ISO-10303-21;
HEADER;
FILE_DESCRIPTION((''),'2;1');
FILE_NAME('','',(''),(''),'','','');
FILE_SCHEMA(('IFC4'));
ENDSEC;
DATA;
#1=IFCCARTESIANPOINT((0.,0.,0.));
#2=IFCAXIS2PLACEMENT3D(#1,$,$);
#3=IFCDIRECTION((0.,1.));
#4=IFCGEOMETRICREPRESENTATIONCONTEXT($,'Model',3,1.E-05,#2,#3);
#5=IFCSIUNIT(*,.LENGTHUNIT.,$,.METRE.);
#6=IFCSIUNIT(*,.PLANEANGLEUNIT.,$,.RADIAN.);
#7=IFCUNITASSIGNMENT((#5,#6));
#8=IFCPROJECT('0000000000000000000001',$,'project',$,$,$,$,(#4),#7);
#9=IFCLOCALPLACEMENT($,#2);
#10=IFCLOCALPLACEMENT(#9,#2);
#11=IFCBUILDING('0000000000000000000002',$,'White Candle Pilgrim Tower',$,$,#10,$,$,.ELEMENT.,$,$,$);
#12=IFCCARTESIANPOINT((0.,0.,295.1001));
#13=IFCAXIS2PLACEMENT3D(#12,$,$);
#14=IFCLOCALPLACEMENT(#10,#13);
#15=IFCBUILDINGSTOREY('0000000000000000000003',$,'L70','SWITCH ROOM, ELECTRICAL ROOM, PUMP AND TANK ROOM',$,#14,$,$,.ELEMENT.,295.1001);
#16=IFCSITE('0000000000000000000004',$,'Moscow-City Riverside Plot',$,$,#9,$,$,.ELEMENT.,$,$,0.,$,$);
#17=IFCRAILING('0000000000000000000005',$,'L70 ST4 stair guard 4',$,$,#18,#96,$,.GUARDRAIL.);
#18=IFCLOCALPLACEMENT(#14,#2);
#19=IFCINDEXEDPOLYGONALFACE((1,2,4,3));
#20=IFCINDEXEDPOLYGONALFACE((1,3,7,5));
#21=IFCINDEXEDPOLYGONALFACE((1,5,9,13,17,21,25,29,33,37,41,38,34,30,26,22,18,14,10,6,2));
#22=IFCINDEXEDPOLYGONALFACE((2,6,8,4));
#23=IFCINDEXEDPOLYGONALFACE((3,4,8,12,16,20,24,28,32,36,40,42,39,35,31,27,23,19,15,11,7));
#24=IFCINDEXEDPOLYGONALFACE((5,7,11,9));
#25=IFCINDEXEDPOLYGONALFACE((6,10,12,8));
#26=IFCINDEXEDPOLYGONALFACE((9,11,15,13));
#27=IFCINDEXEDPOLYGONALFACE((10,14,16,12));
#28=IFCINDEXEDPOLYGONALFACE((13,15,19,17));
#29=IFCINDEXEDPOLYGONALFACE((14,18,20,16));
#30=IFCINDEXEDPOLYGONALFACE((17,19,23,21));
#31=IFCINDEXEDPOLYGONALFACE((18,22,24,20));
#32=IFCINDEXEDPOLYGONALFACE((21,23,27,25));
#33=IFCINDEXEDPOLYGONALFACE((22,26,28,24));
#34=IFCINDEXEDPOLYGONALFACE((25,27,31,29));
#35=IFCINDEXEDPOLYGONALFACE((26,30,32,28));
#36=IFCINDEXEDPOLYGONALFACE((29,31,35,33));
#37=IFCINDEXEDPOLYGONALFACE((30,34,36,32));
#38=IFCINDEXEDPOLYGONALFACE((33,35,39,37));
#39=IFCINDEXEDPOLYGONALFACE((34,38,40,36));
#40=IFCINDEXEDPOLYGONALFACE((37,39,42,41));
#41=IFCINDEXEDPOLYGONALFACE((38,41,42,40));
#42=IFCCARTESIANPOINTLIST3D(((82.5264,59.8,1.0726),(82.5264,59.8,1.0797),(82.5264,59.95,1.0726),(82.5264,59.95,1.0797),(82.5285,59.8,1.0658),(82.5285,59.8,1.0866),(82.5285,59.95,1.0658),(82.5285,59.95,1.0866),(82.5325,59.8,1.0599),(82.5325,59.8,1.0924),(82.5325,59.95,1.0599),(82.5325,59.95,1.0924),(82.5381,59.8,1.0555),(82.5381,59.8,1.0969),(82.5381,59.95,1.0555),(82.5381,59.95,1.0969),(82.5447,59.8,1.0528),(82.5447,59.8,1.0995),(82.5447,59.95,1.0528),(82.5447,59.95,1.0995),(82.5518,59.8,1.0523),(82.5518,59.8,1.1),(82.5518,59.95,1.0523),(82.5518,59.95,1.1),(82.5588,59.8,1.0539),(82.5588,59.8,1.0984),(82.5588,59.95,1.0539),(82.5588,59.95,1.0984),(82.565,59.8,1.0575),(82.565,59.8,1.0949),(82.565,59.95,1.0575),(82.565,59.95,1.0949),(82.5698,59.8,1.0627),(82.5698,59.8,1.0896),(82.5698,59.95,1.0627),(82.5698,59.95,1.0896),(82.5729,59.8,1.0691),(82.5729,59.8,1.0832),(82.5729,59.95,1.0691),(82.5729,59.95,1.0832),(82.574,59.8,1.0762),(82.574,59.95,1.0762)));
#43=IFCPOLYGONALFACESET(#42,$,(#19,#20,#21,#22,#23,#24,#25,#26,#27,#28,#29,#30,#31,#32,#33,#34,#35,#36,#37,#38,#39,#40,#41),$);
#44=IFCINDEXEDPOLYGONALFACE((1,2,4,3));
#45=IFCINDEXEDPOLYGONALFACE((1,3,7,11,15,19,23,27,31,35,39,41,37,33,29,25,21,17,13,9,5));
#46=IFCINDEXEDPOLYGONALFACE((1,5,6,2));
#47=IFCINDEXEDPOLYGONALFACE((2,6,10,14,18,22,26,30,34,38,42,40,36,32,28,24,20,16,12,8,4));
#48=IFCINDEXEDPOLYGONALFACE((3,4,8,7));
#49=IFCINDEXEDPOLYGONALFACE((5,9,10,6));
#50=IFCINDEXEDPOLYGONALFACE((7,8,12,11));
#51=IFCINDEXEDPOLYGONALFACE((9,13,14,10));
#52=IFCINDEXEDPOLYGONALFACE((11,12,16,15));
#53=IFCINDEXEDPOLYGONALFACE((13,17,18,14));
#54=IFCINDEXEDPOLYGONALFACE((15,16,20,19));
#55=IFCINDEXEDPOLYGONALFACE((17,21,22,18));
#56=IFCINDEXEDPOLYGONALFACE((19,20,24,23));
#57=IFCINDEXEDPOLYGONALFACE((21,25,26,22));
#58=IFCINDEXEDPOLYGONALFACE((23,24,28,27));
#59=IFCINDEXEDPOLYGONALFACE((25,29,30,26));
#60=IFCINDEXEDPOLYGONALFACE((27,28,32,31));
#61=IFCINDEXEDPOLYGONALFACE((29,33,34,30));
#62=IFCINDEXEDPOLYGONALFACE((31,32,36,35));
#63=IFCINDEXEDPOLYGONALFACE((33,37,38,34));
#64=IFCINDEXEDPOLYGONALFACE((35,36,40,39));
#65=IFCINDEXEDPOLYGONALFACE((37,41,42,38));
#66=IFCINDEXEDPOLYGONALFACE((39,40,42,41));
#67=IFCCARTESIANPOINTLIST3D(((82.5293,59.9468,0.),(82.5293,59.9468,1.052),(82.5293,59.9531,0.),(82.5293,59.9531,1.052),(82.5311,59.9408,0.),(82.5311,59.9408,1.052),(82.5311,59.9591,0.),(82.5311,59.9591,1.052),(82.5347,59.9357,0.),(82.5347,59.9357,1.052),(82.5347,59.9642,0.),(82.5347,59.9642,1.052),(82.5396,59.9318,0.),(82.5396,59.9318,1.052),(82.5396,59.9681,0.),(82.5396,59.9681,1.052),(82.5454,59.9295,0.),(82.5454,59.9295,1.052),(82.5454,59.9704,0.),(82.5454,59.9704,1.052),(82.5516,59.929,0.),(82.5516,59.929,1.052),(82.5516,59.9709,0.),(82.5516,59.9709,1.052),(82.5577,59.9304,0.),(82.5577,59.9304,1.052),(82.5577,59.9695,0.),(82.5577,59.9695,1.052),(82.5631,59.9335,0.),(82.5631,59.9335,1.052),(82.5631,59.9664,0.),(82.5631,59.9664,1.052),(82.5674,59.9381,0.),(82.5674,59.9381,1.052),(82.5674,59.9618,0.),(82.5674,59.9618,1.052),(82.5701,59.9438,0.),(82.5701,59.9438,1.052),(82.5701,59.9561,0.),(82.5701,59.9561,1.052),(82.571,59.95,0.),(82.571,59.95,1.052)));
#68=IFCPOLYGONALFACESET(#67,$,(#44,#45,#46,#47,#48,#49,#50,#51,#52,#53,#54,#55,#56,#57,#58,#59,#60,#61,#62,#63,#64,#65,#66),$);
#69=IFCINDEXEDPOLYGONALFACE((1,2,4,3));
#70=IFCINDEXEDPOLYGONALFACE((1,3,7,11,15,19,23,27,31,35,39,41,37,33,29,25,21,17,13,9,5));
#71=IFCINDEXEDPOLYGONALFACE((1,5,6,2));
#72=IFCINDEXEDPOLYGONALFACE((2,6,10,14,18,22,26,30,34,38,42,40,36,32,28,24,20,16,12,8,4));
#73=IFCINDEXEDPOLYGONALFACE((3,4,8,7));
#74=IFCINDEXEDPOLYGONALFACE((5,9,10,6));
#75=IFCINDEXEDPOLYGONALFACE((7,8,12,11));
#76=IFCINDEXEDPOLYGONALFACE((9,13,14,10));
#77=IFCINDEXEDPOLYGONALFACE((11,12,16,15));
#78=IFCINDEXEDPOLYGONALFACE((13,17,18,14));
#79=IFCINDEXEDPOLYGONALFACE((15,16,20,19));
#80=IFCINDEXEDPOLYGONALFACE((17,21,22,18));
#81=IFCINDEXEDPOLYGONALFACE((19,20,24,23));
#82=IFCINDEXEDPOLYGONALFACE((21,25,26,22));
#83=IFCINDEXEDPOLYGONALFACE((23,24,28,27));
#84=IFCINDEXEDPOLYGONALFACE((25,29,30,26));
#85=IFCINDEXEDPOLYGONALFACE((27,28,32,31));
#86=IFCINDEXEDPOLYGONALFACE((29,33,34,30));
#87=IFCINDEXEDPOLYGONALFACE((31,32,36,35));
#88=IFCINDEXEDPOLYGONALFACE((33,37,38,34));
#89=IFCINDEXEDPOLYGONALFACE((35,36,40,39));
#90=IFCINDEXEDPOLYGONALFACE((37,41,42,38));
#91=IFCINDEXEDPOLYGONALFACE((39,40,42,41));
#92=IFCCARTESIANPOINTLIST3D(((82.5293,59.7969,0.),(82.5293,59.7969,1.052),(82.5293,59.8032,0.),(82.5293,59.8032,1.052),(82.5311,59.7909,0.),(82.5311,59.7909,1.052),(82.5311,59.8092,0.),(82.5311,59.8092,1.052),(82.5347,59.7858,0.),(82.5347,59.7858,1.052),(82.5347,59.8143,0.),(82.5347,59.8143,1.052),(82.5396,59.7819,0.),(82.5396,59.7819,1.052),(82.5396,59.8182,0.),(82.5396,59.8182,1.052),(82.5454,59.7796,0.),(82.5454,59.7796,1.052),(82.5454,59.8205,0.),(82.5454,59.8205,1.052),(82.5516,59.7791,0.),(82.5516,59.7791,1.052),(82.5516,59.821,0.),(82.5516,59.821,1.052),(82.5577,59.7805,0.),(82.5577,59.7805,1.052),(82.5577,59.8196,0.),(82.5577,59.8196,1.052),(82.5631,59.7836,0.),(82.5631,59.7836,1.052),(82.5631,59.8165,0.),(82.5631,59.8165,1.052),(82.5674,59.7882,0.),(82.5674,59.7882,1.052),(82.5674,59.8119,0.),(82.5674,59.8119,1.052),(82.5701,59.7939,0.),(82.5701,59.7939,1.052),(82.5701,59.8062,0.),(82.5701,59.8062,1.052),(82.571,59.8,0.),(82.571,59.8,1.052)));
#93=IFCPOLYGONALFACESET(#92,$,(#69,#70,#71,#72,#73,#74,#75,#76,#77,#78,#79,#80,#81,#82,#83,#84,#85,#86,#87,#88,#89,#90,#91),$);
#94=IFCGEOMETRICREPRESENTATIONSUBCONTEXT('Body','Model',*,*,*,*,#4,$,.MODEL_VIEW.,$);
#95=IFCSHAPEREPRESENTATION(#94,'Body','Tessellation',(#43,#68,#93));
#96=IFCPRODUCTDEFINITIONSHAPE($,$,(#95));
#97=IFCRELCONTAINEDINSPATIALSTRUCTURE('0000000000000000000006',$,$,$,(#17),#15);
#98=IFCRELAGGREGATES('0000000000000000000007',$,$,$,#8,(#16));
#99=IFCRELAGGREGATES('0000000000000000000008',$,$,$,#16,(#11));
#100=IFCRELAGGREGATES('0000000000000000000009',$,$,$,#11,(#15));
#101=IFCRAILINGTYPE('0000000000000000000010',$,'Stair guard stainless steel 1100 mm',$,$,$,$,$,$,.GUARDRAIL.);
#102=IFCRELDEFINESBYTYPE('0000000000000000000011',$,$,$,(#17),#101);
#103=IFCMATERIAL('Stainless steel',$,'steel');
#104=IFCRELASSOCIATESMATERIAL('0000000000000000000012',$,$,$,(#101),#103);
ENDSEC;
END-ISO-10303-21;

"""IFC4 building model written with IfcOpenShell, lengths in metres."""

from ifc_helpers import new_model, si_unit, direction, frame, origin, origin_2d, place, context, subcontext, project, spatial, circle, extrude, material, type_object, element, save


model = new_model("IFC4")

# Units and contexts
model_context = context("Model", 3, precision=1e-05, world=origin(), true_north=direction((0.0, 1.0)))
body_context = subcontext(model_context, "Body", "Model", "MODEL_VIEW")
ifc_project = project(units=[si_unit("LENGTHUNIT", "METRE"), si_unit("PLANEANGLEUNIT", "RADIAN")], contexts=[model_context])

# Site, building, storey
site_placement = place(None, origin())
site = spatial("IfcSite", under=ifc_project, at=site_placement, Name="Moscow-City Riverside Plot", CompositionType="ELEMENT", RefElevation=0.0)
building_placement = place(site_placement, origin())
building = spatial("IfcBuilding", under=site, at=building_placement, Name="White Candle Pilgrim Tower", CompositionType="ELEMENT")
storey_placement = place(building_placement, frame((0.0, 0.0, 295.1001)))
storey = spatial("IfcBuildingStorey", under=building, at=storey_placement, Name="L70", Description="SWITCH ROOM, ELECTRICAL ROOM, PUMP AND TANK ROOM", CompositionType="ELEMENT", Elevation=295.1001)

# Railing
ifc_material_1 = material(Name="Stainless steel", Category="steel")
railing_type_1 = type_object("IfcRailingType", Name="Stair guard stainless steel 1100 mm", PredefinedType="GUARDRAIL", material=ifc_material_1)
railing_1_placement = place(storey_placement, frame((82.55, 59.95, 0.0)))
element("IfcRailing", 1, at=railing_1_placement, inside=storey, type_object=railing_type_1, Name="L70 ST4 stair guard 4", PredefinedType="GUARDRAIL", context=body_context, shape_type="SweptSolid", body=[
    extrude(circle(Radius=0.0239, at=origin_2d()), frame((0.0, 0.0, 1.0762), z_axis=(0.0, -1.0, 0.0), x_axis=(1.0, 0.0, 0.0)), (0.0, 0.0, 1.0), 0.1499),
    extrude(circle(Radius=0.021, at=origin_2d()), origin(), (0.0, 0.0, 1.0), 1.052),
    extrude(circle(Radius=0.021, at=origin_2d()), frame((0.0, -0.1499, 0.0)), (0.0, 0.0, 1.0), 1.052),
])

save(model, "model.ifc")
